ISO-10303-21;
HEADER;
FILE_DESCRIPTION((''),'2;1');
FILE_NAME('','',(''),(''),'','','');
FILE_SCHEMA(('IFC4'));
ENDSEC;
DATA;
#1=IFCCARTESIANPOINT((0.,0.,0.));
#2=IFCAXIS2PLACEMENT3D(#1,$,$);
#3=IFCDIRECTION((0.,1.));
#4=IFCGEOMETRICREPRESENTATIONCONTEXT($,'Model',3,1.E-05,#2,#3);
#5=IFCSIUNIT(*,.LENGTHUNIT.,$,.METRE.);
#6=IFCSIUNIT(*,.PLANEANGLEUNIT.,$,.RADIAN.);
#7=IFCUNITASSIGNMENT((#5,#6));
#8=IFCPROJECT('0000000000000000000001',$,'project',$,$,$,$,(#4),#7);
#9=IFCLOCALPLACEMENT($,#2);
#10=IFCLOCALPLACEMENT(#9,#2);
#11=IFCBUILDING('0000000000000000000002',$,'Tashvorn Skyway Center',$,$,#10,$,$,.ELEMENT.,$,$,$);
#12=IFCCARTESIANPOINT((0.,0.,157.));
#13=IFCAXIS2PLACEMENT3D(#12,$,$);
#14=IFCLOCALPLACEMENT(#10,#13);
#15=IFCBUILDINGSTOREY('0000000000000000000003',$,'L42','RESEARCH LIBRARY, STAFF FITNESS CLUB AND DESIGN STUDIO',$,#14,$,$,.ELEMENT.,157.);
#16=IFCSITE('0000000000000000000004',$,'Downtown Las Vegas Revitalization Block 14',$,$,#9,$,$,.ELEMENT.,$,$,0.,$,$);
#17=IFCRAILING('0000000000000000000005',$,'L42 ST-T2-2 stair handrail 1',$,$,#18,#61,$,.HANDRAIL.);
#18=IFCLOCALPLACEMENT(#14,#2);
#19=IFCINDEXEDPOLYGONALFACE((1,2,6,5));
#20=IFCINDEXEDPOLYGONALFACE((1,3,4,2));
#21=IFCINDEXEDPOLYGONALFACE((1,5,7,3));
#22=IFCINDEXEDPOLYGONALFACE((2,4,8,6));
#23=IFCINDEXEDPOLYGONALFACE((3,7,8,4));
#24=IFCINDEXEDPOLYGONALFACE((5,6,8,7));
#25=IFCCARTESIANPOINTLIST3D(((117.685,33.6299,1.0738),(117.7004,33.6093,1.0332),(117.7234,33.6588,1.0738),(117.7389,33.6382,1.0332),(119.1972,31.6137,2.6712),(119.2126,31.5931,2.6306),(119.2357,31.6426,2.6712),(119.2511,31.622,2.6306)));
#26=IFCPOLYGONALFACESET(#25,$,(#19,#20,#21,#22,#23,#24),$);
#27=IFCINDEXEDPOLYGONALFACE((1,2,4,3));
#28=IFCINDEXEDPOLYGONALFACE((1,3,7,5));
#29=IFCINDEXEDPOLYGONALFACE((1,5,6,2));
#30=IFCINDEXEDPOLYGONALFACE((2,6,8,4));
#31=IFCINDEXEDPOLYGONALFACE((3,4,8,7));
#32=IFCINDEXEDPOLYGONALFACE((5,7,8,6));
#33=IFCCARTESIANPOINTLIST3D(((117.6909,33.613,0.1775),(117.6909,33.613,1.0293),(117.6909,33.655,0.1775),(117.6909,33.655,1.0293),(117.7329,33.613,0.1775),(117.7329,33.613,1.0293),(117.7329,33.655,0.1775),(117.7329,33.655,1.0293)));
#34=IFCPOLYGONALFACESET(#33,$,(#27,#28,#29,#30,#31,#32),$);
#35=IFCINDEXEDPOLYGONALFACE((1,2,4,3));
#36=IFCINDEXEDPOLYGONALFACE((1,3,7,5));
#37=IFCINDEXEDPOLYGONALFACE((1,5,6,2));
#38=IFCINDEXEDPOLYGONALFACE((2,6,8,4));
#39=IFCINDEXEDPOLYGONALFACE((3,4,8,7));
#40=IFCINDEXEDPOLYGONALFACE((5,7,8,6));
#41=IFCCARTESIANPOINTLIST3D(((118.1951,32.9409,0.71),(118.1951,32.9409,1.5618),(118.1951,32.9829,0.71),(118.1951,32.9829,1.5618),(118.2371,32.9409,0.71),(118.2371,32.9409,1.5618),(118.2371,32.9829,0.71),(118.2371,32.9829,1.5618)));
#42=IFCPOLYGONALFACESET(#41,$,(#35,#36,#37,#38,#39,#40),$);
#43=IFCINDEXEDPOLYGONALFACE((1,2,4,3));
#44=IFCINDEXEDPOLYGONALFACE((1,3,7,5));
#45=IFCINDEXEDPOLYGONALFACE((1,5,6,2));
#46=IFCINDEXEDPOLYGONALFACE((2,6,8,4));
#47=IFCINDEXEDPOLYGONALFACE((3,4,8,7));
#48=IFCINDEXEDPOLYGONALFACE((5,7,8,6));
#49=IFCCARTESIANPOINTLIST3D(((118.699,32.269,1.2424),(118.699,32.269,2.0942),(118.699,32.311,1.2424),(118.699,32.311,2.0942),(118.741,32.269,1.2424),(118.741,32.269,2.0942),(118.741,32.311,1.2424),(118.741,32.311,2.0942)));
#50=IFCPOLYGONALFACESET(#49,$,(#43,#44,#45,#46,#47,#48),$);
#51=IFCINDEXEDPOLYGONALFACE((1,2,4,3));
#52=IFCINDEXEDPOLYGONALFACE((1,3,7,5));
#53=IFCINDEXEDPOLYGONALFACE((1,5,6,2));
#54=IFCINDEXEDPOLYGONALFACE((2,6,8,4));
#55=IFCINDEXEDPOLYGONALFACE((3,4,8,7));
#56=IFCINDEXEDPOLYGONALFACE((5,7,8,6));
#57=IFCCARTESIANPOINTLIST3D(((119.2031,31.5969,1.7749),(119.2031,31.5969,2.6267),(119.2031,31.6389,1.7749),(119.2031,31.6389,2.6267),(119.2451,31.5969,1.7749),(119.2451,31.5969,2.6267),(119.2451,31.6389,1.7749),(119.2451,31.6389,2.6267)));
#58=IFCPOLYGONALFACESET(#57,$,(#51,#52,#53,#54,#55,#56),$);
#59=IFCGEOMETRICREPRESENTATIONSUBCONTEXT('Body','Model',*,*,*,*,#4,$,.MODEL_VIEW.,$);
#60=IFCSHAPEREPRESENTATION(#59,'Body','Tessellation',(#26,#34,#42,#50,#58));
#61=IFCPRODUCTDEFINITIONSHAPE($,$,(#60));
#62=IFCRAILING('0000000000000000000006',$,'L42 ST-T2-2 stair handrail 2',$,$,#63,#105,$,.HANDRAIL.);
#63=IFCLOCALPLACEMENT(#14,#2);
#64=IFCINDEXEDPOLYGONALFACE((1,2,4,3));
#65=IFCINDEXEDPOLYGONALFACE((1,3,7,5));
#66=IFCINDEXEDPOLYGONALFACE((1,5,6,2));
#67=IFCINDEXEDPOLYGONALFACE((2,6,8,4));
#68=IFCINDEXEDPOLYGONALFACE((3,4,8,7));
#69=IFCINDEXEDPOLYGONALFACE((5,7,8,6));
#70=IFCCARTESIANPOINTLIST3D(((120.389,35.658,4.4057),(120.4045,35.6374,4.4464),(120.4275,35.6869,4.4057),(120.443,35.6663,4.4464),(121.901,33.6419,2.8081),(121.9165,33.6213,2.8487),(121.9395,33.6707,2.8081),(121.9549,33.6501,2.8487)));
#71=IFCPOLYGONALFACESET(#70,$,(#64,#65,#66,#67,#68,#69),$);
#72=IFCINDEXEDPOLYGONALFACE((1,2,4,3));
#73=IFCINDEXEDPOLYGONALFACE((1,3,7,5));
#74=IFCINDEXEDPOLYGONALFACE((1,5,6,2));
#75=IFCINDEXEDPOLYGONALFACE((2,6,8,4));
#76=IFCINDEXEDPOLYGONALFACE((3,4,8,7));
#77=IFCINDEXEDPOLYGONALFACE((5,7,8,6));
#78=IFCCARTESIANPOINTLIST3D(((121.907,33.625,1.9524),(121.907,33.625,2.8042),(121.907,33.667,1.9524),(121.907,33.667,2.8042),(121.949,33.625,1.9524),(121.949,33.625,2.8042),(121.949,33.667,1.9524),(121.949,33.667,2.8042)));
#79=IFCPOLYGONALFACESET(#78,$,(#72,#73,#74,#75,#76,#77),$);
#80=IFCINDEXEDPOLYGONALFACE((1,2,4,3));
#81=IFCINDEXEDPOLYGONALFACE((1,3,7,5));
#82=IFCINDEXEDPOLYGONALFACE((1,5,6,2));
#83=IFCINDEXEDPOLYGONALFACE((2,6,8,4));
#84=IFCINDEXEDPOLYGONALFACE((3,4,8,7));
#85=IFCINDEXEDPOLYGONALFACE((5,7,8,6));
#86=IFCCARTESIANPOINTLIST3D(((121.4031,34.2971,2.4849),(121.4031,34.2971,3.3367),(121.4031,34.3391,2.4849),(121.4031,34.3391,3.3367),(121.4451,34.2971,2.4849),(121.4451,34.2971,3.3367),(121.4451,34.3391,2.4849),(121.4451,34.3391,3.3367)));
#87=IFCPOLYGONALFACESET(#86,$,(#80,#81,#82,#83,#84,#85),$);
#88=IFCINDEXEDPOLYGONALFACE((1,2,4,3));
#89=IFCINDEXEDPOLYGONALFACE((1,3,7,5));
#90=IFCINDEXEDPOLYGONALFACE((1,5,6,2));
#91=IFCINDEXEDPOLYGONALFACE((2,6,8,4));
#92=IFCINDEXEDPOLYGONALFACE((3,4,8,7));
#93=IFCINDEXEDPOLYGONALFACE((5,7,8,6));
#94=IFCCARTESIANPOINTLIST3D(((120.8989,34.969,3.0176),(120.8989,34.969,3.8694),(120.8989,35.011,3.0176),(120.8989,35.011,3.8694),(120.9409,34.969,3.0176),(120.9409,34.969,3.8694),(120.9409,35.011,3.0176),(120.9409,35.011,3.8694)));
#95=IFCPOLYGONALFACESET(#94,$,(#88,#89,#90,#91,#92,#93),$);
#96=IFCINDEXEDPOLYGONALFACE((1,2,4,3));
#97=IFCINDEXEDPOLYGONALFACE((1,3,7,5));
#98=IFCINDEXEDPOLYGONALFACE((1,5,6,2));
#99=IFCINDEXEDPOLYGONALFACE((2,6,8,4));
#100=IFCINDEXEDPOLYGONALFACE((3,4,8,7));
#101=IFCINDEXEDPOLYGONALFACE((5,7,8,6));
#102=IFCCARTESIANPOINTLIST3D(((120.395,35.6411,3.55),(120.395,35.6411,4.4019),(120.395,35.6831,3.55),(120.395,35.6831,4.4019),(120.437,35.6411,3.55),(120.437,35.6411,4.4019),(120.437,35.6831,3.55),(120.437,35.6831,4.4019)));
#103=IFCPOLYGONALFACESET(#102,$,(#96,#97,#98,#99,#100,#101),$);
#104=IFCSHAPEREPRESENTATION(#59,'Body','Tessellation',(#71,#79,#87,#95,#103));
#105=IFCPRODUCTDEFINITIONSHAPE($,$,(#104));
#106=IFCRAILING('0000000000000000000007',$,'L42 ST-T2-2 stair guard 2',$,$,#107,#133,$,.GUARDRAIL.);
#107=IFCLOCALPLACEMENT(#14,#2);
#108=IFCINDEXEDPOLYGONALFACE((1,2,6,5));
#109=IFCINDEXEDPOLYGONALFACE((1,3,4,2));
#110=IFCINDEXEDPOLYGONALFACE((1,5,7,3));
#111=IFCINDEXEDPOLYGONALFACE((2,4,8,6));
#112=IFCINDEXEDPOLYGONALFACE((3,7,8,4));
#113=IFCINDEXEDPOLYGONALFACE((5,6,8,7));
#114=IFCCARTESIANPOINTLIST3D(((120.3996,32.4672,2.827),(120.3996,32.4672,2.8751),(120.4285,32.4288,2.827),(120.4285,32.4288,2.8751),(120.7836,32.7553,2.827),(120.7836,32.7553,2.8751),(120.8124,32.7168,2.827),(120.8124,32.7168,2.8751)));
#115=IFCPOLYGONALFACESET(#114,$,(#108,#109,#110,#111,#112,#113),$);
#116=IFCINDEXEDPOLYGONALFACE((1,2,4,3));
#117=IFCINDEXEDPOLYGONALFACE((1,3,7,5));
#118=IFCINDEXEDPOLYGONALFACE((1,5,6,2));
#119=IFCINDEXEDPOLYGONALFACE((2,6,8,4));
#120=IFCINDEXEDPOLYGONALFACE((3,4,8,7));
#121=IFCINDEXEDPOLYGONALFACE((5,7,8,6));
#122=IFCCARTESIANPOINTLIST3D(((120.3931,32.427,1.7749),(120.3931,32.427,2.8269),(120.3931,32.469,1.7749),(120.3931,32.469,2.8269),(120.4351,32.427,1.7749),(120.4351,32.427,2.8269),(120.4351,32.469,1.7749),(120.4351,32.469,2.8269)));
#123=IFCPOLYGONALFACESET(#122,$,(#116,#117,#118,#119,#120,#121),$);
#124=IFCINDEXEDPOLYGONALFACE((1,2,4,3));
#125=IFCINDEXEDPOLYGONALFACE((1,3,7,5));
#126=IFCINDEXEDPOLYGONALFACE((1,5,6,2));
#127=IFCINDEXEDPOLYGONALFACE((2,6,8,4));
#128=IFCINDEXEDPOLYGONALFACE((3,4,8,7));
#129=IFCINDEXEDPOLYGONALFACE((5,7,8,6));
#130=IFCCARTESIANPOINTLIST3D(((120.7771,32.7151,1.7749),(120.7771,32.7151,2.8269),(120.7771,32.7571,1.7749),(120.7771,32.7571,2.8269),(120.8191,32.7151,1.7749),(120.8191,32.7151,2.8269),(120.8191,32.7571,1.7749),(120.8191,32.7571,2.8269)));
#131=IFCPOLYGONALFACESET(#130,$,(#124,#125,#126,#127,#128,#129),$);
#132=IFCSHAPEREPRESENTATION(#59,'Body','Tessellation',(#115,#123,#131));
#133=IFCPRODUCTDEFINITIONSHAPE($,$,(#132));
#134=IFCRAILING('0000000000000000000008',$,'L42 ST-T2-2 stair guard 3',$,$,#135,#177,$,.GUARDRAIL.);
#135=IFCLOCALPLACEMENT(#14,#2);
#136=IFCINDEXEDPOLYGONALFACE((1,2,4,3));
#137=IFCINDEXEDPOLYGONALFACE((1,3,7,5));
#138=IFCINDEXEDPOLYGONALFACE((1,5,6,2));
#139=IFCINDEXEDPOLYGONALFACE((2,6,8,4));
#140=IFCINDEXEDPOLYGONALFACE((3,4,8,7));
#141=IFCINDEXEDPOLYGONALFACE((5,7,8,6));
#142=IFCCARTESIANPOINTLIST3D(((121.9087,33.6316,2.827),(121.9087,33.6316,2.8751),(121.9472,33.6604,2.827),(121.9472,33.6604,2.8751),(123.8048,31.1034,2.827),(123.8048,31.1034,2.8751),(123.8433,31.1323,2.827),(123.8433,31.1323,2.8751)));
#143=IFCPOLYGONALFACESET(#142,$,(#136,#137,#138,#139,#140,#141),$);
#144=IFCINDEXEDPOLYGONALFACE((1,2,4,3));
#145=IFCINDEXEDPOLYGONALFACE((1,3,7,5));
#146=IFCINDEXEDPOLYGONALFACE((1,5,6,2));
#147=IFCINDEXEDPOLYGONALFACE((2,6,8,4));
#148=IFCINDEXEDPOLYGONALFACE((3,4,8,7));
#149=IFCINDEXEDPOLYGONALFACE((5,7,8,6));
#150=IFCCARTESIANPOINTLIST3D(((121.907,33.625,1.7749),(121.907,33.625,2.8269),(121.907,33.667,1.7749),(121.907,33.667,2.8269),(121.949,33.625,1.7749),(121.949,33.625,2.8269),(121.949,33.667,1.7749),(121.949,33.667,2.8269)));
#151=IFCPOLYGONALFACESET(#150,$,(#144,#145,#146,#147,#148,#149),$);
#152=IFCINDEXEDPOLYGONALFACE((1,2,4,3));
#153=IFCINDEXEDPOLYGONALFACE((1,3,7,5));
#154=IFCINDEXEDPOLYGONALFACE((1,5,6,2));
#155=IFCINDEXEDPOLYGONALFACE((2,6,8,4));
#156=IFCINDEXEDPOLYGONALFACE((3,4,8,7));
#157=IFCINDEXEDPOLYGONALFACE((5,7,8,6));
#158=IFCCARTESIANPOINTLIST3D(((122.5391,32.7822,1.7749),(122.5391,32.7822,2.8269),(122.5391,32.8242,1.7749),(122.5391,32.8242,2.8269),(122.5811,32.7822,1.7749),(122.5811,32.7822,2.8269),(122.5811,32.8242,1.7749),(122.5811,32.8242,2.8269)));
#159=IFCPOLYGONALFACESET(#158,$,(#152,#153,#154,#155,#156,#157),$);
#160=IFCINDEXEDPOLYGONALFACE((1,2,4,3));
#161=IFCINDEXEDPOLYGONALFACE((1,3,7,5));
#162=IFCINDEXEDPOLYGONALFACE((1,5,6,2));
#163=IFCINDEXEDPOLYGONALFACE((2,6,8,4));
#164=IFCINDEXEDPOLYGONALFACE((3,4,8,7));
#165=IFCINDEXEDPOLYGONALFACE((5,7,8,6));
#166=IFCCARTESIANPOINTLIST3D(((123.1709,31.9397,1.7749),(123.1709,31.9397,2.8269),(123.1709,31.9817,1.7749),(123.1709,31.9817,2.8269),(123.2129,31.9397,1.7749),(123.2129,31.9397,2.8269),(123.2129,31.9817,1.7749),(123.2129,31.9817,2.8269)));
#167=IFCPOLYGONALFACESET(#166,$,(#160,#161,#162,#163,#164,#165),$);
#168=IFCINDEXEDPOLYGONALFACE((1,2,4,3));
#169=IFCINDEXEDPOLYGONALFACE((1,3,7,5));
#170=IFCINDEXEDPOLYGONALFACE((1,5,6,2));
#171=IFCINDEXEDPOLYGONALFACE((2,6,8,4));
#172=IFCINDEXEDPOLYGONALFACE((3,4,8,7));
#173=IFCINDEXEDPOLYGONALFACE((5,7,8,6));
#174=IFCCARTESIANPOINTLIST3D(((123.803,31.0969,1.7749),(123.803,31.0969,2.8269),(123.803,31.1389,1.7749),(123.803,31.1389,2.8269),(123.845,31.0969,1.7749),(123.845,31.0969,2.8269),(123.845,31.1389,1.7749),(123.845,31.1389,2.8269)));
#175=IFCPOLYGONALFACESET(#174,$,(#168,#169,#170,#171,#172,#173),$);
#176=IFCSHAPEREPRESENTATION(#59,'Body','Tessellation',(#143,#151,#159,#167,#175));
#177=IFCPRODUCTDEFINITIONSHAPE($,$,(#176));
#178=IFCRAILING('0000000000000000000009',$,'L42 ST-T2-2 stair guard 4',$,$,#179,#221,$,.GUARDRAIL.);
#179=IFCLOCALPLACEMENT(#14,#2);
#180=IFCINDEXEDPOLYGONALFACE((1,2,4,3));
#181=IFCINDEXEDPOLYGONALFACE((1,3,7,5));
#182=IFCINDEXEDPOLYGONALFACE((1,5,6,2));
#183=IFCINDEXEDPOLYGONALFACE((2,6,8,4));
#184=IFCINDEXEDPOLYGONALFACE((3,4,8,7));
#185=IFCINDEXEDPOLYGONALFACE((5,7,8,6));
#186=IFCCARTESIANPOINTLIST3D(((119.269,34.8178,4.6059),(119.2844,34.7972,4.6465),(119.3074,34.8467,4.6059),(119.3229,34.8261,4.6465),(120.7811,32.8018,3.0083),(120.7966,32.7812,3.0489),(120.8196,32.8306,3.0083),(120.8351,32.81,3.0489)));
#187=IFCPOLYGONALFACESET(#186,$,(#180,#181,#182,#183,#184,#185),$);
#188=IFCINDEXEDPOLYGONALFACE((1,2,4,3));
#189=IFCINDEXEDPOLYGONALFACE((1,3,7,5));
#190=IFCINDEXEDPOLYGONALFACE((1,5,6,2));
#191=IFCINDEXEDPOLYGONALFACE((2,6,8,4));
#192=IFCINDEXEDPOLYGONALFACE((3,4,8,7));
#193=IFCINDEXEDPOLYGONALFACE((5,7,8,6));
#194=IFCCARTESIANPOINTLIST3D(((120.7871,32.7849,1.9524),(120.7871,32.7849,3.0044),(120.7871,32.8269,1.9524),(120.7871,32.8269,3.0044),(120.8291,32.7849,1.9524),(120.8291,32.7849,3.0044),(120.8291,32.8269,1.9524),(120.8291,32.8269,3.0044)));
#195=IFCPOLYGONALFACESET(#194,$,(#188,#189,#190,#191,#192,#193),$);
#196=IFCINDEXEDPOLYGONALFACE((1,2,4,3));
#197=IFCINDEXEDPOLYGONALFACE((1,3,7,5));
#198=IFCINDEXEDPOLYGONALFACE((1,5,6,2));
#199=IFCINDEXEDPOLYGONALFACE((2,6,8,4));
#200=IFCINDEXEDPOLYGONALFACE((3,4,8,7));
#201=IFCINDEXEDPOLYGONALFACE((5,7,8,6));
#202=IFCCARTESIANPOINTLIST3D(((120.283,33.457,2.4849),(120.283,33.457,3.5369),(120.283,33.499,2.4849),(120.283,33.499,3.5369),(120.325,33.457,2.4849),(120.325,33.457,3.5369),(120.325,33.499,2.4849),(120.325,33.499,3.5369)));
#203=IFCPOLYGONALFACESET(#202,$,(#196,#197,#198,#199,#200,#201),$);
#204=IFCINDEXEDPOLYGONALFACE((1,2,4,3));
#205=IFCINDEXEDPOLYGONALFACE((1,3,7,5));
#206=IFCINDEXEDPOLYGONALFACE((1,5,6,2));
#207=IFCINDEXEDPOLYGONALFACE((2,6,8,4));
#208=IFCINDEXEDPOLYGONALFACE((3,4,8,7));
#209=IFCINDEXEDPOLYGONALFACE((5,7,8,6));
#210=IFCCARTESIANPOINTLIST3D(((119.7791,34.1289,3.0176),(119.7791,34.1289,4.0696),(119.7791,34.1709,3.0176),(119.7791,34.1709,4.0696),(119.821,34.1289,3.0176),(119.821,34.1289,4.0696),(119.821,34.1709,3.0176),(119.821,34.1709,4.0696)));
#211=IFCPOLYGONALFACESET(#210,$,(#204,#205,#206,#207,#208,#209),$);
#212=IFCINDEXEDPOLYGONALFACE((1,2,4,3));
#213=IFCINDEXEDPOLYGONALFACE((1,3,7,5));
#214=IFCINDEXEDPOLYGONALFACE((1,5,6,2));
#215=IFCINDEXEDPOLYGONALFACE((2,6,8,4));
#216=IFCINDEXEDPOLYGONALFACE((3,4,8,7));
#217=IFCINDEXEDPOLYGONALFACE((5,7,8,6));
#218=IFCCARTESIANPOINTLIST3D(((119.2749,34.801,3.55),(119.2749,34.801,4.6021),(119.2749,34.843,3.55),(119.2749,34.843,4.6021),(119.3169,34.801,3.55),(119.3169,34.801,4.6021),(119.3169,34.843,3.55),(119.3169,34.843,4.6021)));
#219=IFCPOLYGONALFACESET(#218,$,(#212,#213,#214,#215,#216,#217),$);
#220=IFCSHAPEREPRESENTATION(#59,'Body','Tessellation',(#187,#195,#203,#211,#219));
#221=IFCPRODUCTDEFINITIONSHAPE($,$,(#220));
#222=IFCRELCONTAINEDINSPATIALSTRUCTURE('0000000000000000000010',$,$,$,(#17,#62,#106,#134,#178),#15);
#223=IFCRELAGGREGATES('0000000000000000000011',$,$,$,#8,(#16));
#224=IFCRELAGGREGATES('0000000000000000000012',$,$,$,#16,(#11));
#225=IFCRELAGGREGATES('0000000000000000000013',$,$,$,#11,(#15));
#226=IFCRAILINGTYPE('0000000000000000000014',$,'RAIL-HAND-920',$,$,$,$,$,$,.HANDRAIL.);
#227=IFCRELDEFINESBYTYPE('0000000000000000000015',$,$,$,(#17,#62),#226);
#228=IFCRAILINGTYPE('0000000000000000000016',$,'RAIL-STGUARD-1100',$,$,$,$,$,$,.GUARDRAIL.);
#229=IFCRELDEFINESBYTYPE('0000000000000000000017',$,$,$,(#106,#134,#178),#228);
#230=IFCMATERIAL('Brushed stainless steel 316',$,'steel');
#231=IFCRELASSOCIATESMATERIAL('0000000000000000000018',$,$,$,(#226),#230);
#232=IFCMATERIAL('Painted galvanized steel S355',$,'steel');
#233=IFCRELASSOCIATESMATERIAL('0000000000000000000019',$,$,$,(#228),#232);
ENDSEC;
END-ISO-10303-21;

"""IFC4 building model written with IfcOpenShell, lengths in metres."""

from ifc_helpers import new_model, si_unit, direction, frame, origin, origin_2d, place, context, subcontext, project, spatial, rectangle, extrude, material, type_object, element, save


model = new_model("IFC4")

# Units and contexts
model_context = context("Model", 3, precision=1e-05, world=origin(), true_north=direction((0.0, 1.0)))
body_context = subcontext(model_context, "Body", "Model", "MODEL_VIEW")
ifc_project = project(units=[si_unit("LENGTHUNIT", "METRE"), si_unit("PLANEANGLEUNIT", "RADIAN")], contexts=[model_context])

# Site, building, storey
site_placement = place(None, origin())
site = spatial("IfcSite", under=ifc_project, at=site_placement, Name="Downtown Las Vegas Revitalization Block 14", CompositionType="ELEMENT", RefElevation=0.0)
building_placement = place(site_placement, origin())
building = spatial("IfcBuilding", under=site, at=building_placement, Name="Tashvorn Skyway Center", CompositionType="ELEMENT")
storey_placement = place(building_placement, frame((0.0, 0.0, 157.0)))
storey = spatial("IfcBuildingStorey", under=building, at=storey_placement, Name="L42", Description="RESEARCH LIBRARY, STAFF FITNESS CLUB AND DESIGN STUDIO", CompositionType="ELEMENT", Elevation=157.0)

# Railings
ifc_material_1 = material(Name="Brushed stainless steel 316", Category="steel")
railing_type_1 = type_object("IfcRailingType", Name="RAIL-HAND-920", PredefinedType="HANDRAIL", material=ifc_material_1)
railing_1_placement = place(storey_placement, frame((117.7119, 33.634, 0.1775)))
element("IfcRailing", 1, at=railing_1_placement, inside=storey, type_object=railing_type_1, Name="L42 ST-T2-2 stair handrail 1", PredefinedType="HANDRAIL", context=body_context, shape_type="SweptSolid", body=[
    extrude(rectangle(XDim=0.0481, YDim=0.0481, at=origin_2d()), frame((0.0, 0.0, 0.876), z_axis=(0.506802, -0.675681, 0.535357), x_axis=(0.799977, 0.600031, 0.0)), (0.0, 0.0, 1.0), 2.9839),
    extrude(rectangle(XDim=0.042, YDim=0.042, at=origin_2d()), origin(), (0.0, 0.0, 1.0), 0.8518),
    extrude(rectangle(XDim=0.042, YDim=0.042, at=origin_2d()), frame((0.5042, -0.6721, 0.5325)), (0.0, 0.0, 1.0), 0.8518),
    extrude(rectangle(XDim=0.042, YDim=0.042, at=origin_2d()), frame((1.0081, -1.344, 1.0649)), (0.0, 0.0, 1.0), 0.8518),
    extrude(rectangle(XDim=0.042, YDim=0.042, at=origin_2d()), frame((1.5122, -2.0161, 1.5974)), (0.0, 0.0, 1.0), 0.8518),
])
railing_2_placement = place(storey_placement, frame((121.928, 33.646, 1.9524)))
element("IfcRailing", 2, at=railing_2_placement, inside=storey, type_object=railing_type_1, Name="L42 ST-T2-2 stair handrail 2", PredefinedType="HANDRAIL", context=body_context, shape_type="SweptSolid", body=[
    extrude(rectangle(XDim=0.0481, YDim=0.0481, at=origin_2d()), frame((0.0, 0.0, 0.876), z_axis=(-0.506719, 0.675679, 0.535438), x_axis=(-0.800023, -0.599969, 0.0)), (0.0, 0.0, 1.0), 2.9839),
    extrude(rectangle(XDim=0.042, YDim=0.042, at=origin_2d()), origin(), (0.0, 0.0, 1.0), 0.8518),
    extrude(rectangle(XDim=0.042, YDim=0.042, at=origin_2d()), frame((-0.5039, 0.6721, 0.5325)), (0.0, 0.0, 1.0), 0.8518),
    extrude(rectangle(XDim=0.042, YDim=0.042, at=origin_2d()), frame((-1.0081, 1.344, 1.0652)), (0.0, 0.0, 1.0), 0.8518),
    extrude(rectangle(XDim=0.042, YDim=0.042, at=origin_2d()), frame((-1.512, 2.0161, 1.5977)), (0.0, 0.0, 1.0), 0.8518),
])
ifc_material_2 = material(Name="Painted galvanized steel S355", Category="steel")
railing_type_2 = type_object("IfcRailingType", Name="RAIL-STGUARD-1100", PredefinedType="GUARDRAIL", material=ifc_material_2)
railing_3_placement = place(storey_placement, frame((120.4141, 32.448, 1.7749)))
element("IfcRailing", 3, at=railing_3_placement, inside=storey, type_object=railing_type_2, Name="L42 ST-T2-2 stair guard 2", PredefinedType="GUARDRAIL", context=body_context, shape_type="SweptSolid", body=[
    extrude(rectangle(XDim=0.0481, YDim=0.0481, at=origin_2d()), frame((0.0, 0.0, 1.0762), z_axis=(0.799939, 0.600081, 0.0), x_axis=(-0.600081, 0.799939, 0.0)), (0.0, 0.0, 1.0), 0.48),
    extrude(rectangle(XDim=0.042, YDim=0.042, at=origin_2d()), origin(), (0.0, 0.0, 1.0), 1.052),
    extrude(rectangle(XDim=0.042, YDim=0.042, at=origin_2d()), frame((0.384, 0.2881, 0.0)), (0.0, 0.0, 1.0), 1.052),
])
railing_4_placement = place(storey_placement, frame((121.928, 33.646, 1.7749)))
element("IfcRailing", 4, at=railing_4_placement, inside=storey, type_object=railing_type_2, Name="L42 ST-T2-2 stair guard 3", PredefinedType="GUARDRAIL", context=body_context, shape_type="SweptSolid", body=[
    extrude(rectangle(XDim=0.0481, YDim=0.0481, at=origin_2d()), frame((0.0, 0.0, 1.0762), z_axis=(0.599988, -0.800009, 0.0), x_axis=(0.800009, 0.599988, 0.0)), (0.0, 0.0, 1.0), 3.1602),
    extrude(rectangle(XDim=0.042, YDim=0.042, at=origin_2d()), origin(), (0.0, 0.0, 1.0), 1.052),
    extrude(rectangle(XDim=0.042, YDim=0.042, at=origin_2d()), frame((0.6321, -0.8428, 0.0)), (0.0, 0.0, 1.0), 1.052),
    extrude(rectangle(XDim=0.042, YDim=0.042, at=origin_2d()), frame((1.2639, -1.6853, 0.0)), (0.0, 0.0, 1.0), 1.052),
    extrude(rectangle(XDim=0.042, YDim=0.042, at=origin_2d()), frame((1.896, -2.5281, 0.0)), (0.0, 0.0, 1.0), 1.052),
])
railing_5_placement = place(storey_placement, frame((120.8081, 32.8059, 1.9524)))
element("IfcRailing", 5, at=railing_5_placement, inside=storey, type_object=railing_type_2, Name="L42 ST-T2-2 stair guard 4", PredefinedType="GUARDRAIL", context=body_context, shape_type="SweptSolid", body=[
    extrude(rectangle(XDim=0.0481, YDim=0.0481, at=origin_2d()), frame((0.0, 0.0, 1.0762), z_axis=(-0.506779, 0.675651, 0.535416), x_axis=(-0.799977, -0.600031, 0.0)), (0.0, 0.0, 1.0), 2.9839),
    extrude(rectangle(XDim=0.042, YDim=0.042, at=origin_2d()), origin(), (0.0, 0.0, 1.0), 1.052),
    extrude(rectangle(XDim=0.042, YDim=0.042, at=origin_2d()), frame((-0.5042, 0.6721, 0.5325)), (0.0, 0.0, 1.0), 1.052),
    extrude(rectangle(XDim=0.042, YDim=0.042, at=origin_2d()), frame((-1.0081, 1.344, 1.0652)), (0.0, 0.0, 1.0), 1.052),
    extrude(rectangle(XDim=0.042, YDim=0.042, at=origin_2d()), frame((-1.5122, 2.0161, 1.5977)), (0.0, 0.0, 1.0), 1.052),
])

save(model, "model.ifc")
